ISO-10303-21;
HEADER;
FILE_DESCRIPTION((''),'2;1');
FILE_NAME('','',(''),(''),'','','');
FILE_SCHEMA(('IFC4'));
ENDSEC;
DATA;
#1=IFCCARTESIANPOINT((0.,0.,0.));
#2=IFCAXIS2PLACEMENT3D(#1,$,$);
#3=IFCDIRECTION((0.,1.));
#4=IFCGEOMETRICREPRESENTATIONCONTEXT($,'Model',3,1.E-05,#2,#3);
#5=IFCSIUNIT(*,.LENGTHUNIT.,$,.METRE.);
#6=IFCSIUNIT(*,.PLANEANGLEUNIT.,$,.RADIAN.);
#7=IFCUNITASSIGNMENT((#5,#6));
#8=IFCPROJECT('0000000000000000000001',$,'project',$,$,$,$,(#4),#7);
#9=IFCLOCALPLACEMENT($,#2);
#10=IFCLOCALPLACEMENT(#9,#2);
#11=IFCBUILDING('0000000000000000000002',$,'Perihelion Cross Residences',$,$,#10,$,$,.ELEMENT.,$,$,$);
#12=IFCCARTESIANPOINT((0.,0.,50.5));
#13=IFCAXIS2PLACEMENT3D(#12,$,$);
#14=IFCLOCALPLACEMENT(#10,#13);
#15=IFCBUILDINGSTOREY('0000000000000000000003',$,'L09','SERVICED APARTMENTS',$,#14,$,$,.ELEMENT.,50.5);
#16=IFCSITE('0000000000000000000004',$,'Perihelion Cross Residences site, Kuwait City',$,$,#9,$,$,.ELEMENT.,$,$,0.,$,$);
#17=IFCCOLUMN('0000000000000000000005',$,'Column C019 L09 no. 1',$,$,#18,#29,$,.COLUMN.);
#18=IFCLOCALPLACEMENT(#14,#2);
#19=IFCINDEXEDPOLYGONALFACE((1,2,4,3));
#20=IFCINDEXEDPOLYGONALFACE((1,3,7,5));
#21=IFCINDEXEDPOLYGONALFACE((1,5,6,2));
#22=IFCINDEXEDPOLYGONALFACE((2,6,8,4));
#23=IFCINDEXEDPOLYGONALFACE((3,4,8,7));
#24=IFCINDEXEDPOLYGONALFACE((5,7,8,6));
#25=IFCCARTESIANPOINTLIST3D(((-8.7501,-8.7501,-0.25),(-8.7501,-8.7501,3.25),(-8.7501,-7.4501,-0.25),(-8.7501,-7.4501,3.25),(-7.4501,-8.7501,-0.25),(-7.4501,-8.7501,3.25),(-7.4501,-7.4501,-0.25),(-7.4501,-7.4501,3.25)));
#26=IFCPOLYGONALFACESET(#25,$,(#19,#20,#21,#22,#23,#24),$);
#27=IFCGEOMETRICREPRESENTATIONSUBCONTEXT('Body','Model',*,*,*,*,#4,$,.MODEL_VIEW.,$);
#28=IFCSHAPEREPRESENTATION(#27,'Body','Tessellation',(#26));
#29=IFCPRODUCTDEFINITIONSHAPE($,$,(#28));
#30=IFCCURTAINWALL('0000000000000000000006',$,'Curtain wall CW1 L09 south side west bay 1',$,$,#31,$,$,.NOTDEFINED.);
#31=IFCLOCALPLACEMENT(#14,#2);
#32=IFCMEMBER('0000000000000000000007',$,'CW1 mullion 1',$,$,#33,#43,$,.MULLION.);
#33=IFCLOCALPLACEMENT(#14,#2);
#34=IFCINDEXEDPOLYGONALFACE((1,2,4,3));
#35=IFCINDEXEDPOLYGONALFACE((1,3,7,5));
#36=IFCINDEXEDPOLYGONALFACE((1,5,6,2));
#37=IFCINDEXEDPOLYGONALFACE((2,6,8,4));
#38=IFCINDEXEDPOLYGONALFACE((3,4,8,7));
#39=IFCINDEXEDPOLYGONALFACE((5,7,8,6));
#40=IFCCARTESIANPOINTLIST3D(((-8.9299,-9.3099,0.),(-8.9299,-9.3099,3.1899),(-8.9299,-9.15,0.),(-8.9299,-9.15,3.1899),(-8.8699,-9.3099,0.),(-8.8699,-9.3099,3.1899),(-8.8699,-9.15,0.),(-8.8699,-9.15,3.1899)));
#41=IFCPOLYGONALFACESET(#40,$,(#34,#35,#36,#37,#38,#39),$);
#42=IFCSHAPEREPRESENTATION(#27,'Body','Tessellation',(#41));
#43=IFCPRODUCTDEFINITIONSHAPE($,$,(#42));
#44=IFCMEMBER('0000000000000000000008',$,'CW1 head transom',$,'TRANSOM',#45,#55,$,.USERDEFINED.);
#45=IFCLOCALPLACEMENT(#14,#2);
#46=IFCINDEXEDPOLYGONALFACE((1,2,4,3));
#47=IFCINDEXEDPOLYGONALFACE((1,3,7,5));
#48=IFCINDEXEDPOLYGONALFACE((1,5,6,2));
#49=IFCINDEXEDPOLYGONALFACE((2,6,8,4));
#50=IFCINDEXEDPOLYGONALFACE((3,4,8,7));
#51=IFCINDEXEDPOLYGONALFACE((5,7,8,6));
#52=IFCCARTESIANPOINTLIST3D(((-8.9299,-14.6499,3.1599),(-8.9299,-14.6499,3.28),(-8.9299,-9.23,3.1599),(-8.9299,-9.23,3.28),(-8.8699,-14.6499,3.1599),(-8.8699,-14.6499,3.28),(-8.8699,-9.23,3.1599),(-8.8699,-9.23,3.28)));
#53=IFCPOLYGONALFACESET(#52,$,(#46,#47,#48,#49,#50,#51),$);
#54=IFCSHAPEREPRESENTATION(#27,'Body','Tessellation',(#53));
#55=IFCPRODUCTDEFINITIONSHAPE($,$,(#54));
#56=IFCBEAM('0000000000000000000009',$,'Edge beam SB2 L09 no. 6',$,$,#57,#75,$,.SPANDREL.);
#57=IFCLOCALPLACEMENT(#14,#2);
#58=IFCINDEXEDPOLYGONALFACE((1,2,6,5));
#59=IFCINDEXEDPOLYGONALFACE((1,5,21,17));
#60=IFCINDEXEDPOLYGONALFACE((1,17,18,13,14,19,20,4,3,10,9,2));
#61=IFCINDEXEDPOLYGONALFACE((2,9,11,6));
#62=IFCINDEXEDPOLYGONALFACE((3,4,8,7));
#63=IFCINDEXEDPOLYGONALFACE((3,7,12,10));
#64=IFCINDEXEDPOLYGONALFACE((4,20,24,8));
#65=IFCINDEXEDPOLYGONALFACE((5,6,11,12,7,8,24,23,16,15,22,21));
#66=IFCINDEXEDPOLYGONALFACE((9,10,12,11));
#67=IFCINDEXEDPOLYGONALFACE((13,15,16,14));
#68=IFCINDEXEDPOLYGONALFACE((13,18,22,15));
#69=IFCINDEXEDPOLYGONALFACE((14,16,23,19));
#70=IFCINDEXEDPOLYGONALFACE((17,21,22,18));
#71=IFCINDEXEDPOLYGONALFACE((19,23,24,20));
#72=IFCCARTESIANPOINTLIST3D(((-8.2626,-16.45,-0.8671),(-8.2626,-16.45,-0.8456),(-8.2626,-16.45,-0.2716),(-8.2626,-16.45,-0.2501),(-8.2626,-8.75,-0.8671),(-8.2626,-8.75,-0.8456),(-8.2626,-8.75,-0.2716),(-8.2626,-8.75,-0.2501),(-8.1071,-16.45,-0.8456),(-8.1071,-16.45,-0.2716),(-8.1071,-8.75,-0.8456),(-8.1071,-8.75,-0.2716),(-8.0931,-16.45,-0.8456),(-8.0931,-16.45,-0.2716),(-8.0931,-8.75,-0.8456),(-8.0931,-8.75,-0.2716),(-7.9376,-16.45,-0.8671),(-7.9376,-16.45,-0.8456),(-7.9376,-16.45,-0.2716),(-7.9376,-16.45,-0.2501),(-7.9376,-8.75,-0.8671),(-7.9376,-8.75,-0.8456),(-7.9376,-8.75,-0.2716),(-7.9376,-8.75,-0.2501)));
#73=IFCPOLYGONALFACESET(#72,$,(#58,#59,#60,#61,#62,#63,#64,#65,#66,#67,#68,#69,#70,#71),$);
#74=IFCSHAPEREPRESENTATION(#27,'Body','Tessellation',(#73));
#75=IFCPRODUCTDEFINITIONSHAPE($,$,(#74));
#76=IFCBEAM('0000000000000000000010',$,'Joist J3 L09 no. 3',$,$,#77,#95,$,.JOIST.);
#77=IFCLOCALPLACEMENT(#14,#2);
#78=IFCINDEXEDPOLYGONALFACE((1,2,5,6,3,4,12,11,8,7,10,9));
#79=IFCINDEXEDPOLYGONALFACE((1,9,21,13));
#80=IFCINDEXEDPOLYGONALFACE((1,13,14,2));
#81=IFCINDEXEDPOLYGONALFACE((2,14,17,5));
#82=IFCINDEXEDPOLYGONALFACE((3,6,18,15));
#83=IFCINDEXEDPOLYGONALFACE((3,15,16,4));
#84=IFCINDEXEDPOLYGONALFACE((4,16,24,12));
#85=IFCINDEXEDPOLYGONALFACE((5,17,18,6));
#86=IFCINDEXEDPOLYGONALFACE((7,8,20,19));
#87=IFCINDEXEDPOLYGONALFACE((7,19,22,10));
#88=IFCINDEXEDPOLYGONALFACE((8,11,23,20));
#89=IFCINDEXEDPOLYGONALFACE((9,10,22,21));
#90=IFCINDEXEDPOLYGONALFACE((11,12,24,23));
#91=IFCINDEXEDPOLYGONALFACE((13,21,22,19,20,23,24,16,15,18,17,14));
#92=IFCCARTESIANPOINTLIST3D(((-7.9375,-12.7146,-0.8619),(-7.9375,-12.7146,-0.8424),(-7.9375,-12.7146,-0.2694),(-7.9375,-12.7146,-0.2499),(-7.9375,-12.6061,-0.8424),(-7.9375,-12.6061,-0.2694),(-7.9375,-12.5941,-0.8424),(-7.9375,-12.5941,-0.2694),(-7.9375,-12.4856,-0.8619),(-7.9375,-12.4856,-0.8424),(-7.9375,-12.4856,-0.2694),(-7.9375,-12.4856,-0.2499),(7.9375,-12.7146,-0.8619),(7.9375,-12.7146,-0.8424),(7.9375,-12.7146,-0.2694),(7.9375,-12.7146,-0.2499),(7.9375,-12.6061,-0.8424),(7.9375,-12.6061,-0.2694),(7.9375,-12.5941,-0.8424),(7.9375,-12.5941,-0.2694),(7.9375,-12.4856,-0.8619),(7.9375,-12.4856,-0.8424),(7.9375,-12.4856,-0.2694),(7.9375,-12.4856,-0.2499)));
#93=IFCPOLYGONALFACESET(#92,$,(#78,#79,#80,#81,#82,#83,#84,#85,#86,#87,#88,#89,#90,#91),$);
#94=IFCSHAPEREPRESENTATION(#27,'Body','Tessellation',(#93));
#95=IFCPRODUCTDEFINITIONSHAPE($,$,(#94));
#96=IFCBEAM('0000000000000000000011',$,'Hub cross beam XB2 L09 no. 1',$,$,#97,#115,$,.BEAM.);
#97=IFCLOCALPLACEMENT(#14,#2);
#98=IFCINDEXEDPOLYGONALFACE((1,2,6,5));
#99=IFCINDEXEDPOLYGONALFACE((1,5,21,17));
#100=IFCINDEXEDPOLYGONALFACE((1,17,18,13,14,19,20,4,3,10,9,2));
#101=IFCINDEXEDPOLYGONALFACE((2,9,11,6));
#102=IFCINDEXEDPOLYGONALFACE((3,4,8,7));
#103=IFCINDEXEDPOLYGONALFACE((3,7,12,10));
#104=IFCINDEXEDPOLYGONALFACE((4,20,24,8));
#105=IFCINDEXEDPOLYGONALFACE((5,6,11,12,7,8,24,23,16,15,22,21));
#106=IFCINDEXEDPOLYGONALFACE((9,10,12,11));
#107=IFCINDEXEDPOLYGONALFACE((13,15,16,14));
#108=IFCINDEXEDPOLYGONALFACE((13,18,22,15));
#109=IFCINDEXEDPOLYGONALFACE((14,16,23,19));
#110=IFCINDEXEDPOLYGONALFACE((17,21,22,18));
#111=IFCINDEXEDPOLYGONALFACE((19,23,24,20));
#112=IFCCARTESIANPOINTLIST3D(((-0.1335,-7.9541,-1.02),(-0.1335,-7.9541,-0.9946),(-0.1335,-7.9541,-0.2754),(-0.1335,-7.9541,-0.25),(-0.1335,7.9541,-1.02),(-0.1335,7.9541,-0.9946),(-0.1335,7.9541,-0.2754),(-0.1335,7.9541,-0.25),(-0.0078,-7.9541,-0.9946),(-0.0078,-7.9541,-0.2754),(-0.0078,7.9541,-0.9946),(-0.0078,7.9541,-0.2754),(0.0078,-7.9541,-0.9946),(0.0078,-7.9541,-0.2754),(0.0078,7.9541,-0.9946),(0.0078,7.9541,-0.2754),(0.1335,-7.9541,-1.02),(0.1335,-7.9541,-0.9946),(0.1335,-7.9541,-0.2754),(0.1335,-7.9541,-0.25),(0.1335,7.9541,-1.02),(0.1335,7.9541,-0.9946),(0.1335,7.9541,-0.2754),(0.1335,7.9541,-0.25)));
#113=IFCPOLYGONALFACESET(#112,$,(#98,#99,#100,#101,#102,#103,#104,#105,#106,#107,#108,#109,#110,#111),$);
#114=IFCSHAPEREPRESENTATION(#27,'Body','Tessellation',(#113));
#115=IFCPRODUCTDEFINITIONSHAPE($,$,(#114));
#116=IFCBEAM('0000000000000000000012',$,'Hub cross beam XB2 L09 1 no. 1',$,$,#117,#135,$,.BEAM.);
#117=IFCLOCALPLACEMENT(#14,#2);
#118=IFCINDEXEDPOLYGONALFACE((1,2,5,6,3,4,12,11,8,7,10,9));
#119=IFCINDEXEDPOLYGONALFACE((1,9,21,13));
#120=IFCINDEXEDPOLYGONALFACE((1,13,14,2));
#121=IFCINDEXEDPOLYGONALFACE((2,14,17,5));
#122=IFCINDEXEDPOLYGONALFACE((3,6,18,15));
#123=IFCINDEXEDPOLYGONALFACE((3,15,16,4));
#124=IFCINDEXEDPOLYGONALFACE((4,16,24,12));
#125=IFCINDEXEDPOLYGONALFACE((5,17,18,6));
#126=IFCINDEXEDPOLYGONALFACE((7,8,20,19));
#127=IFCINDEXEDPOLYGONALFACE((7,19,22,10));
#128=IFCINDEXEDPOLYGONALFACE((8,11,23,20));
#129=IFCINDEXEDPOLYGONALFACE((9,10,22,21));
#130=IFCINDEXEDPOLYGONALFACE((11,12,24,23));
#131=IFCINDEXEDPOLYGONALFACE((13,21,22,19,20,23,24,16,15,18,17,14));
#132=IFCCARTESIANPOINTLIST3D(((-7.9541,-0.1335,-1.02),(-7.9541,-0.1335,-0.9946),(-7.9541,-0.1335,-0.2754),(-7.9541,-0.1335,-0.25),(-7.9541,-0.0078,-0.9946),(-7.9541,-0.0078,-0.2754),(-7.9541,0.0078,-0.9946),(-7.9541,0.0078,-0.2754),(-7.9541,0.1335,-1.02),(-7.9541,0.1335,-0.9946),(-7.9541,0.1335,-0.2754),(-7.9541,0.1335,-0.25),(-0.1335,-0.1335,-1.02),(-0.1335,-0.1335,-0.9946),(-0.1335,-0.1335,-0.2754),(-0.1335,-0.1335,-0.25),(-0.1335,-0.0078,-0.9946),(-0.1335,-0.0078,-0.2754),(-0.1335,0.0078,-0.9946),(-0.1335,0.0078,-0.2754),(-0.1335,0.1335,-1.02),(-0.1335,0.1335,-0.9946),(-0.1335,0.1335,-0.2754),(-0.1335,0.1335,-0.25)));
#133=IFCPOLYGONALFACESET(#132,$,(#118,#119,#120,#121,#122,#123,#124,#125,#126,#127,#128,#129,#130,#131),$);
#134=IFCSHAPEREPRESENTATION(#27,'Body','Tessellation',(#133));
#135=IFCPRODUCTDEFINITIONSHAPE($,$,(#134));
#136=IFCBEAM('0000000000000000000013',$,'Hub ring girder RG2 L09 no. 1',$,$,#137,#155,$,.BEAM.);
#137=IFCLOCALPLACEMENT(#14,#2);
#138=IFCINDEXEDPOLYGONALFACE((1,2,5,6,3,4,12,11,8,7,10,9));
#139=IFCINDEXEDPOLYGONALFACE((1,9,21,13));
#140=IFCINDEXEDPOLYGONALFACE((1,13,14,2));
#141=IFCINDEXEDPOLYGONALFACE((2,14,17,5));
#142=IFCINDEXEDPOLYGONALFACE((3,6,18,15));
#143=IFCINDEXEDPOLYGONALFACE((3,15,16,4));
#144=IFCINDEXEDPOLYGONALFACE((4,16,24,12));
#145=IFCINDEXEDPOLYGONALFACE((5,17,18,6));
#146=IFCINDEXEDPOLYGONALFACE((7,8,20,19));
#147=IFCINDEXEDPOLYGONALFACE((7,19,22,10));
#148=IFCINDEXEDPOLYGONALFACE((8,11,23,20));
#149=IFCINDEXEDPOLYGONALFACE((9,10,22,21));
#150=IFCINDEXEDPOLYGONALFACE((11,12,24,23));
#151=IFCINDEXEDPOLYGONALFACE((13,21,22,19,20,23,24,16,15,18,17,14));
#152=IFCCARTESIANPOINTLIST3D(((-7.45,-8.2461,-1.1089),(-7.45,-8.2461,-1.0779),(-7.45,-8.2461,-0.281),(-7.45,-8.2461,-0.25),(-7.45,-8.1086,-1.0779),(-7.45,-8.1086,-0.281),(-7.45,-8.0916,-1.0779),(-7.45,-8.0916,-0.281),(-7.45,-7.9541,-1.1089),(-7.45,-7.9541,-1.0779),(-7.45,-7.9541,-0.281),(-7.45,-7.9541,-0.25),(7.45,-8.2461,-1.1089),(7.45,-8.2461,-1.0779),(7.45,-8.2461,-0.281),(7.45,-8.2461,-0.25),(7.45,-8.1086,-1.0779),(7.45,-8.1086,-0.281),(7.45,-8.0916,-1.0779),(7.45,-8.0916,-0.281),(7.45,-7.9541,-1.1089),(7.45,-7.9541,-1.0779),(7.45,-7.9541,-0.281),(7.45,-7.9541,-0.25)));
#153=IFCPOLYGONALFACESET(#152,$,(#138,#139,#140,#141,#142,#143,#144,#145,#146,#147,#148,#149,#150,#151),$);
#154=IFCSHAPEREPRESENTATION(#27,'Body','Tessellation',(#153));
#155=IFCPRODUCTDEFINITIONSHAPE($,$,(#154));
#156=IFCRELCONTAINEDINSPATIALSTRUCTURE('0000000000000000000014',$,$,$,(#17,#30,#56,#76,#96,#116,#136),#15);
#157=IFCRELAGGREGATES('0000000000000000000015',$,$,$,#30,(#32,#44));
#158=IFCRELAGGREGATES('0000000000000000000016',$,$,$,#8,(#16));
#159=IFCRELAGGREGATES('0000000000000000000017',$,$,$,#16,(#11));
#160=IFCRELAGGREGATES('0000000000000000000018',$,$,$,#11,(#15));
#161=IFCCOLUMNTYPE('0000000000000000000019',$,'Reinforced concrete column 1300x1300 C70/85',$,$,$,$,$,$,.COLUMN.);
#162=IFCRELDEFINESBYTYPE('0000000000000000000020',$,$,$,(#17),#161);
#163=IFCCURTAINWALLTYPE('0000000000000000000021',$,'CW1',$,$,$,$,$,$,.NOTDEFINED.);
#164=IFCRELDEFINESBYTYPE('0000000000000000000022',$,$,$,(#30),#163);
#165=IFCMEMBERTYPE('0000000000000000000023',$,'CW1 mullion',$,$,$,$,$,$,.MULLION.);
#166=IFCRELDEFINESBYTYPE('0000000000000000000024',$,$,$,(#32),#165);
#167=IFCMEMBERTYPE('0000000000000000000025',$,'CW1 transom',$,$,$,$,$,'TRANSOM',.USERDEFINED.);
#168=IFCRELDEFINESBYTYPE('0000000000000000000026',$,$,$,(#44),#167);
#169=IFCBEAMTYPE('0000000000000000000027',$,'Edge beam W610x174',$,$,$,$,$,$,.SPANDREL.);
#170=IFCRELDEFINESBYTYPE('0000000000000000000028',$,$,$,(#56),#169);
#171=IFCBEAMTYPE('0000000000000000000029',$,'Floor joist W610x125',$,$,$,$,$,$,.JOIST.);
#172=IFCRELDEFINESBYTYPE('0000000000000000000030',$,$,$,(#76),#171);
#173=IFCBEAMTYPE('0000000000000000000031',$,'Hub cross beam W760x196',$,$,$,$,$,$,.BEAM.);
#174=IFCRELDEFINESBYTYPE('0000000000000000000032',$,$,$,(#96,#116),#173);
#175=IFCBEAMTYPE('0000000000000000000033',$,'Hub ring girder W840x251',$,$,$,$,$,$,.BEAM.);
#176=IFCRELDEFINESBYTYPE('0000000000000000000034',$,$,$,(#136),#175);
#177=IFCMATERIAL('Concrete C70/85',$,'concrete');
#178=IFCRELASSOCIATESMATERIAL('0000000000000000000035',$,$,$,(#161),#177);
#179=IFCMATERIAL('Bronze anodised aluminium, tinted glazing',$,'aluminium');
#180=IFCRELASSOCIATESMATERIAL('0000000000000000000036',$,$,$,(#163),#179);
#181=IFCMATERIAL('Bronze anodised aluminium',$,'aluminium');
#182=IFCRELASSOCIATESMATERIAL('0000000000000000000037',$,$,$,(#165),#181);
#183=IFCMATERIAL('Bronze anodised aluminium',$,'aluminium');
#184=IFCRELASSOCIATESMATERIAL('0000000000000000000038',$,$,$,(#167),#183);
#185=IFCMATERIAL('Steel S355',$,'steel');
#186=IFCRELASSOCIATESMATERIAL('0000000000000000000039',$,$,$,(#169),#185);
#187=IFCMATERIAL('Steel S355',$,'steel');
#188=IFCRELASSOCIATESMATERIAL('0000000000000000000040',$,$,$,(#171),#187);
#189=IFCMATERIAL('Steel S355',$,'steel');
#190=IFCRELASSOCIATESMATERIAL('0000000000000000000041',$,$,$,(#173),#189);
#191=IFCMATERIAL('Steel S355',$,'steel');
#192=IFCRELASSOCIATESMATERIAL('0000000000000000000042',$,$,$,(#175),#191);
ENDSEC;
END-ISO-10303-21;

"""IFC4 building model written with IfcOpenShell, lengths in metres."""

from ifc_helpers import new_model, si_unit, direction, frame, origin, origin_2d, place, context, subcontext, project, spatial, rectangle, i_section, extrude, material, material_profile, profile_set, type_object, element, aggregate, save


model = new_model("IFC4")

# Units and contexts
model_context = context("Model", 3, precision=1e-05, world=origin(), true_north=direction((0.0, 1.0)))
body_context = subcontext(model_context, "Body", "Model", "MODEL_VIEW")
ifc_project = project(units=[si_unit("LENGTHUNIT", "METRE"), si_unit("PLANEANGLEUNIT", "RADIAN")], contexts=[model_context])

# Site, building, storey
site_placement = place(None, origin())
site = spatial("IfcSite", under=ifc_project, at=site_placement, Name="Perihelion Cross Residences site, Kuwait City", CompositionType="ELEMENT", RefElevation=0.0)
building_placement = place(site_placement, origin())
building = spatial("IfcBuilding", under=site, at=building_placement, Name="Perihelion Cross Residences", CompositionType="ELEMENT")
storey_placement = place(building_placement, frame((0.0, 0.0, 50.5)))
storey = spatial("IfcBuildingStorey", under=building, at=storey_placement, Name="L09", Description="SERVICED APARTMENTS", CompositionType="ELEMENT", Elevation=50.5)

# Column
ifc_material_1 = material(Name="Concrete C70/85", Category="concrete")
ifc_material_profile_1 = material_profile(ifc_material_1, rectangle(XDim=1.3, YDim=1.3, at=origin_2d()), Name="RC 1300x1300")
ifc_profile_set_1 = profile_set([ifc_material_profile_1], Name="Concrete C70/85")
column_type = type_object("IfcColumnType", Name="Reinforced concrete column 1300x1300 C70/85", PredefinedType="COLUMN", material=ifc_profile_set_1)
column_placement = place(storey_placement, frame((-8.1001, -8.1001, -0.25), z_axis=(0.0, 0.0, 1.0), x_axis=(1.0, 0.0, 0.0)))
element("IfcColumn", 1, at=column_placement, inside=storey, type_object=column_type, Name="Column C019 L09 no. 1", PredefinedType="COLUMN", context=body_context, shape_type="SweptSolid", body=[
    extrude(rectangle(XDim=1.3, YDim=1.3, at=origin_2d()), origin(), (0.0, 0.0, 1.0), 3.5),
])

# Curtain wall, members
ifc_material_2 = material(Name="Bronze anodised aluminium, tinted glazing", Category="aluminium")
curtain_wall_type = type_object("IfcCurtainWallType", Name="CW1", PredefinedType="NOTDEFINED", material=ifc_material_2)
curtain_wall_placement = place(storey_placement, origin())
curtain_wall = element("IfcCurtainWall", 2, at=curtain_wall_placement, inside=storey, type_object=curtain_wall_type, Name="Curtain wall CW1 L09 south side west bay 1", PredefinedType="NOTDEFINED")
ifc_material_3 = material(Name="Bronze anodised aluminium", Category="aluminium")
ifc_material_profile_2 = material_profile(ifc_material_3, rectangle(XDim=0.0601, YDim=0.1599, at=origin_2d()), Name="CW1 mullion")
ifc_profile_set_2 = profile_set([ifc_material_profile_2], Name="Bronze anodised aluminium")
member_type_1 = type_object("IfcMemberType", Name="CW1 mullion", PredefinedType="MULLION", material=ifc_profile_set_2)
member_1_placement = place(storey_placement, frame((-8.8999, -9.23, 0.0), z_axis=(0.0, 0.0, 1.0), x_axis=(1.0, 0.0, 0.0)))
member_1 = element("IfcMember", 3, at=member_1_placement, type_object=member_type_1, Name="CW1 mullion 1", PredefinedType="MULLION", context=body_context, shape_type="SweptSolid", body=[
    extrude(rectangle(XDim=0.0601, YDim=0.1599, at=origin_2d()), origin(), (0.0, 0.0, 1.0), 3.1899),
])
ifc_material_4 = material(Name="Bronze anodised aluminium", Category="aluminium")
ifc_material_profile_3 = material_profile(ifc_material_4, rectangle(XDim=0.0601, YDim=0.1201, at=origin_2d()), Name="CW1 transom")
ifc_profile_set_3 = profile_set([ifc_material_profile_3], Name="Bronze anodised aluminium")
member_type_2 = type_object("IfcMemberType", Name="CW1 transom", ElementType="TRANSOM", PredefinedType="USERDEFINED", material=ifc_profile_set_3)
member_2_placement = place(storey_placement, frame((-8.8999, -9.23, 3.22), z_axis=(0.0, -1.0, 0.0), x_axis=(1.0, 0.0, 0.0)))
member_2 = element("IfcMember", 4, at=member_2_placement, type_object=member_type_2, Name="CW1 head transom", ObjectType="TRANSOM", PredefinedType="USERDEFINED", context=body_context, shape_type="SweptSolid", body=[
    extrude(rectangle(XDim=0.0601, YDim=0.1201, at=origin_2d()), origin(), (0.0, 0.0, 1.0), 5.4199),
])

# Beams
ifc_material_5 = material(Name="Steel S355", Category="steel")
ifc_material_profile_4 = material_profile(ifc_material_5, i_section(OverallWidth=0.325, OverallDepth=0.6169, WebThickness=0.0139, FlangeThickness=0.0215, at=origin_2d()), Name="W610x174")
ifc_profile_set_4 = profile_set([ifc_material_profile_4], Name="Steel S355")
beam_type_1 = type_object("IfcBeamType", Name="Edge beam W610x174", PredefinedType="SPANDREL", material=ifc_profile_set_4)
beam_1_placement = place(storey_placement, frame((-8.1001, -8.75, -0.5586), z_axis=(0.0, -1.0, 0.0), x_axis=(1.0, 0.0, 0.0)))
element("IfcBeam", 5, at=beam_1_placement, inside=storey, type_object=beam_type_1, Name="Edge beam SB2 L09 no. 6", PredefinedType="SPANDREL", context=body_context, shape_type="SweptSolid", body=[
    extrude(i_section(OverallWidth=0.325, OverallDepth=0.6169, WebThickness=0.0139, FlangeThickness=0.0215, at=origin_2d()), origin(), (0.0, 0.0, 1.0), 7.7),
])
ifc_material_6 = material(Name="Steel S355", Category="steel")
ifc_material_profile_5 = material_profile(ifc_material_6, i_section(OverallWidth=0.229, OverallDepth=0.6121, WebThickness=0.012, FlangeThickness=0.0195, at=origin_2d()), Name="W610x125")
ifc_profile_set_5 = profile_set([ifc_material_profile_5], Name="Steel S355")
beam_type_2 = type_object("IfcBeamType", Name="Floor joist W610x125", PredefinedType="JOIST", material=ifc_profile_set_5)
beam_2_placement = place(storey_placement, frame((-7.9375, -12.6001, -0.5559), z_axis=(1.0, 0.0, 0.0), x_axis=(0.0, 1.0, 0.0)))
element("IfcBeam", 6, at=beam_2_placement, inside=storey, type_object=beam_type_2, Name="Joist J3 L09 no. 3", PredefinedType="JOIST", context=body_context, shape_type="SweptSolid", body=[
    extrude(i_section(OverallWidth=0.229, OverallDepth=0.6121, WebThickness=0.012, FlangeThickness=0.0195, at=origin_2d()), origin(), (0.0, 0.0, 1.0), 15.875),
])
ifc_material_7 = material(Name="Steel S355", Category="steel")
ifc_material_profile_6 = material_profile(ifc_material_7, i_section(OverallWidth=0.2671, OverallDepth=0.77, WebThickness=0.0156, FlangeThickness=0.0254, at=origin_2d()), Name="W760x196")
ifc_profile_set_6 = profile_set([ifc_material_profile_6], Name="Steel S355")
beam_type_3 = type_object("IfcBeamType", Name="Hub cross beam W760x196", PredefinedType="BEAM", material=ifc_profile_set_6)
beam_3_placement = place(storey_placement, frame((0.0, -7.9541, -0.635), z_axis=(0.0, 1.0, 0.0), x_axis=(-1.0, 0.0, 0.0)))
element("IfcBeam", 7, at=beam_3_placement, inside=storey, type_object=beam_type_3, Name="Hub cross beam XB2 L09 no. 1", PredefinedType="BEAM", context=body_context, shape_type="SweptSolid", body=[
    extrude(i_section(OverallWidth=0.2671, OverallDepth=0.77, WebThickness=0.0156, FlangeThickness=0.0254, at=origin_2d()), origin(), (0.0, 0.0, 1.0), 15.9082),
])
beam_4_placement = place(storey_placement, frame((-7.9541, 0.0, -0.635), z_axis=(1.0, 0.0, 0.0), x_axis=(0.0, 1.0, 0.0)))
element("IfcBeam", 8, at=beam_4_placement, inside=storey, type_object=beam_type_3, Name="Hub cross beam XB2 L09 1 no. 1", PredefinedType="BEAM", context=body_context, shape_type="SweptSolid", body=[
    extrude(i_section(OverallWidth=0.2671, OverallDepth=0.77, WebThickness=0.0156, FlangeThickness=0.0254, at=origin_2d()), origin(), (0.0, 0.0, 1.0), 7.8206),
])
ifc_material_8 = material(Name="Steel S355", Category="steel")
ifc_material_profile_7 = material_profile(ifc_material_8, i_section(OverallWidth=0.292, OverallDepth=0.8589, WebThickness=0.0171, FlangeThickness=0.031, at=origin_2d()), Name="W840x251")
ifc_profile_set_7 = profile_set([ifc_material_profile_7], Name="Steel S355")
beam_type_4 = type_object("IfcBeamType", Name="Hub ring girder W840x251", PredefinedType="BEAM", material=ifc_profile_set_7)
beam_5_placement = place(storey_placement, frame((-7.45, -8.1001, -0.6794), z_axis=(1.0, 0.0, 0.0), x_axis=(0.0, 1.0, 0.0)))
element("IfcBeam", 9, at=beam_5_placement, inside=storey, type_object=beam_type_4, Name="Hub ring girder RG2 L09 no. 1", PredefinedType="BEAM", context=body_context, shape_type="SweptSolid", body=[
    extrude(i_section(OverallWidth=0.292, OverallDepth=0.8589, WebThickness=0.0171, FlangeThickness=0.031, at=origin_2d()), origin(), (0.0, 0.0, 1.0), 14.8999),
])

aggregate(curtain_wall, [member_1, member_2])

save(model, "model.ifc")
